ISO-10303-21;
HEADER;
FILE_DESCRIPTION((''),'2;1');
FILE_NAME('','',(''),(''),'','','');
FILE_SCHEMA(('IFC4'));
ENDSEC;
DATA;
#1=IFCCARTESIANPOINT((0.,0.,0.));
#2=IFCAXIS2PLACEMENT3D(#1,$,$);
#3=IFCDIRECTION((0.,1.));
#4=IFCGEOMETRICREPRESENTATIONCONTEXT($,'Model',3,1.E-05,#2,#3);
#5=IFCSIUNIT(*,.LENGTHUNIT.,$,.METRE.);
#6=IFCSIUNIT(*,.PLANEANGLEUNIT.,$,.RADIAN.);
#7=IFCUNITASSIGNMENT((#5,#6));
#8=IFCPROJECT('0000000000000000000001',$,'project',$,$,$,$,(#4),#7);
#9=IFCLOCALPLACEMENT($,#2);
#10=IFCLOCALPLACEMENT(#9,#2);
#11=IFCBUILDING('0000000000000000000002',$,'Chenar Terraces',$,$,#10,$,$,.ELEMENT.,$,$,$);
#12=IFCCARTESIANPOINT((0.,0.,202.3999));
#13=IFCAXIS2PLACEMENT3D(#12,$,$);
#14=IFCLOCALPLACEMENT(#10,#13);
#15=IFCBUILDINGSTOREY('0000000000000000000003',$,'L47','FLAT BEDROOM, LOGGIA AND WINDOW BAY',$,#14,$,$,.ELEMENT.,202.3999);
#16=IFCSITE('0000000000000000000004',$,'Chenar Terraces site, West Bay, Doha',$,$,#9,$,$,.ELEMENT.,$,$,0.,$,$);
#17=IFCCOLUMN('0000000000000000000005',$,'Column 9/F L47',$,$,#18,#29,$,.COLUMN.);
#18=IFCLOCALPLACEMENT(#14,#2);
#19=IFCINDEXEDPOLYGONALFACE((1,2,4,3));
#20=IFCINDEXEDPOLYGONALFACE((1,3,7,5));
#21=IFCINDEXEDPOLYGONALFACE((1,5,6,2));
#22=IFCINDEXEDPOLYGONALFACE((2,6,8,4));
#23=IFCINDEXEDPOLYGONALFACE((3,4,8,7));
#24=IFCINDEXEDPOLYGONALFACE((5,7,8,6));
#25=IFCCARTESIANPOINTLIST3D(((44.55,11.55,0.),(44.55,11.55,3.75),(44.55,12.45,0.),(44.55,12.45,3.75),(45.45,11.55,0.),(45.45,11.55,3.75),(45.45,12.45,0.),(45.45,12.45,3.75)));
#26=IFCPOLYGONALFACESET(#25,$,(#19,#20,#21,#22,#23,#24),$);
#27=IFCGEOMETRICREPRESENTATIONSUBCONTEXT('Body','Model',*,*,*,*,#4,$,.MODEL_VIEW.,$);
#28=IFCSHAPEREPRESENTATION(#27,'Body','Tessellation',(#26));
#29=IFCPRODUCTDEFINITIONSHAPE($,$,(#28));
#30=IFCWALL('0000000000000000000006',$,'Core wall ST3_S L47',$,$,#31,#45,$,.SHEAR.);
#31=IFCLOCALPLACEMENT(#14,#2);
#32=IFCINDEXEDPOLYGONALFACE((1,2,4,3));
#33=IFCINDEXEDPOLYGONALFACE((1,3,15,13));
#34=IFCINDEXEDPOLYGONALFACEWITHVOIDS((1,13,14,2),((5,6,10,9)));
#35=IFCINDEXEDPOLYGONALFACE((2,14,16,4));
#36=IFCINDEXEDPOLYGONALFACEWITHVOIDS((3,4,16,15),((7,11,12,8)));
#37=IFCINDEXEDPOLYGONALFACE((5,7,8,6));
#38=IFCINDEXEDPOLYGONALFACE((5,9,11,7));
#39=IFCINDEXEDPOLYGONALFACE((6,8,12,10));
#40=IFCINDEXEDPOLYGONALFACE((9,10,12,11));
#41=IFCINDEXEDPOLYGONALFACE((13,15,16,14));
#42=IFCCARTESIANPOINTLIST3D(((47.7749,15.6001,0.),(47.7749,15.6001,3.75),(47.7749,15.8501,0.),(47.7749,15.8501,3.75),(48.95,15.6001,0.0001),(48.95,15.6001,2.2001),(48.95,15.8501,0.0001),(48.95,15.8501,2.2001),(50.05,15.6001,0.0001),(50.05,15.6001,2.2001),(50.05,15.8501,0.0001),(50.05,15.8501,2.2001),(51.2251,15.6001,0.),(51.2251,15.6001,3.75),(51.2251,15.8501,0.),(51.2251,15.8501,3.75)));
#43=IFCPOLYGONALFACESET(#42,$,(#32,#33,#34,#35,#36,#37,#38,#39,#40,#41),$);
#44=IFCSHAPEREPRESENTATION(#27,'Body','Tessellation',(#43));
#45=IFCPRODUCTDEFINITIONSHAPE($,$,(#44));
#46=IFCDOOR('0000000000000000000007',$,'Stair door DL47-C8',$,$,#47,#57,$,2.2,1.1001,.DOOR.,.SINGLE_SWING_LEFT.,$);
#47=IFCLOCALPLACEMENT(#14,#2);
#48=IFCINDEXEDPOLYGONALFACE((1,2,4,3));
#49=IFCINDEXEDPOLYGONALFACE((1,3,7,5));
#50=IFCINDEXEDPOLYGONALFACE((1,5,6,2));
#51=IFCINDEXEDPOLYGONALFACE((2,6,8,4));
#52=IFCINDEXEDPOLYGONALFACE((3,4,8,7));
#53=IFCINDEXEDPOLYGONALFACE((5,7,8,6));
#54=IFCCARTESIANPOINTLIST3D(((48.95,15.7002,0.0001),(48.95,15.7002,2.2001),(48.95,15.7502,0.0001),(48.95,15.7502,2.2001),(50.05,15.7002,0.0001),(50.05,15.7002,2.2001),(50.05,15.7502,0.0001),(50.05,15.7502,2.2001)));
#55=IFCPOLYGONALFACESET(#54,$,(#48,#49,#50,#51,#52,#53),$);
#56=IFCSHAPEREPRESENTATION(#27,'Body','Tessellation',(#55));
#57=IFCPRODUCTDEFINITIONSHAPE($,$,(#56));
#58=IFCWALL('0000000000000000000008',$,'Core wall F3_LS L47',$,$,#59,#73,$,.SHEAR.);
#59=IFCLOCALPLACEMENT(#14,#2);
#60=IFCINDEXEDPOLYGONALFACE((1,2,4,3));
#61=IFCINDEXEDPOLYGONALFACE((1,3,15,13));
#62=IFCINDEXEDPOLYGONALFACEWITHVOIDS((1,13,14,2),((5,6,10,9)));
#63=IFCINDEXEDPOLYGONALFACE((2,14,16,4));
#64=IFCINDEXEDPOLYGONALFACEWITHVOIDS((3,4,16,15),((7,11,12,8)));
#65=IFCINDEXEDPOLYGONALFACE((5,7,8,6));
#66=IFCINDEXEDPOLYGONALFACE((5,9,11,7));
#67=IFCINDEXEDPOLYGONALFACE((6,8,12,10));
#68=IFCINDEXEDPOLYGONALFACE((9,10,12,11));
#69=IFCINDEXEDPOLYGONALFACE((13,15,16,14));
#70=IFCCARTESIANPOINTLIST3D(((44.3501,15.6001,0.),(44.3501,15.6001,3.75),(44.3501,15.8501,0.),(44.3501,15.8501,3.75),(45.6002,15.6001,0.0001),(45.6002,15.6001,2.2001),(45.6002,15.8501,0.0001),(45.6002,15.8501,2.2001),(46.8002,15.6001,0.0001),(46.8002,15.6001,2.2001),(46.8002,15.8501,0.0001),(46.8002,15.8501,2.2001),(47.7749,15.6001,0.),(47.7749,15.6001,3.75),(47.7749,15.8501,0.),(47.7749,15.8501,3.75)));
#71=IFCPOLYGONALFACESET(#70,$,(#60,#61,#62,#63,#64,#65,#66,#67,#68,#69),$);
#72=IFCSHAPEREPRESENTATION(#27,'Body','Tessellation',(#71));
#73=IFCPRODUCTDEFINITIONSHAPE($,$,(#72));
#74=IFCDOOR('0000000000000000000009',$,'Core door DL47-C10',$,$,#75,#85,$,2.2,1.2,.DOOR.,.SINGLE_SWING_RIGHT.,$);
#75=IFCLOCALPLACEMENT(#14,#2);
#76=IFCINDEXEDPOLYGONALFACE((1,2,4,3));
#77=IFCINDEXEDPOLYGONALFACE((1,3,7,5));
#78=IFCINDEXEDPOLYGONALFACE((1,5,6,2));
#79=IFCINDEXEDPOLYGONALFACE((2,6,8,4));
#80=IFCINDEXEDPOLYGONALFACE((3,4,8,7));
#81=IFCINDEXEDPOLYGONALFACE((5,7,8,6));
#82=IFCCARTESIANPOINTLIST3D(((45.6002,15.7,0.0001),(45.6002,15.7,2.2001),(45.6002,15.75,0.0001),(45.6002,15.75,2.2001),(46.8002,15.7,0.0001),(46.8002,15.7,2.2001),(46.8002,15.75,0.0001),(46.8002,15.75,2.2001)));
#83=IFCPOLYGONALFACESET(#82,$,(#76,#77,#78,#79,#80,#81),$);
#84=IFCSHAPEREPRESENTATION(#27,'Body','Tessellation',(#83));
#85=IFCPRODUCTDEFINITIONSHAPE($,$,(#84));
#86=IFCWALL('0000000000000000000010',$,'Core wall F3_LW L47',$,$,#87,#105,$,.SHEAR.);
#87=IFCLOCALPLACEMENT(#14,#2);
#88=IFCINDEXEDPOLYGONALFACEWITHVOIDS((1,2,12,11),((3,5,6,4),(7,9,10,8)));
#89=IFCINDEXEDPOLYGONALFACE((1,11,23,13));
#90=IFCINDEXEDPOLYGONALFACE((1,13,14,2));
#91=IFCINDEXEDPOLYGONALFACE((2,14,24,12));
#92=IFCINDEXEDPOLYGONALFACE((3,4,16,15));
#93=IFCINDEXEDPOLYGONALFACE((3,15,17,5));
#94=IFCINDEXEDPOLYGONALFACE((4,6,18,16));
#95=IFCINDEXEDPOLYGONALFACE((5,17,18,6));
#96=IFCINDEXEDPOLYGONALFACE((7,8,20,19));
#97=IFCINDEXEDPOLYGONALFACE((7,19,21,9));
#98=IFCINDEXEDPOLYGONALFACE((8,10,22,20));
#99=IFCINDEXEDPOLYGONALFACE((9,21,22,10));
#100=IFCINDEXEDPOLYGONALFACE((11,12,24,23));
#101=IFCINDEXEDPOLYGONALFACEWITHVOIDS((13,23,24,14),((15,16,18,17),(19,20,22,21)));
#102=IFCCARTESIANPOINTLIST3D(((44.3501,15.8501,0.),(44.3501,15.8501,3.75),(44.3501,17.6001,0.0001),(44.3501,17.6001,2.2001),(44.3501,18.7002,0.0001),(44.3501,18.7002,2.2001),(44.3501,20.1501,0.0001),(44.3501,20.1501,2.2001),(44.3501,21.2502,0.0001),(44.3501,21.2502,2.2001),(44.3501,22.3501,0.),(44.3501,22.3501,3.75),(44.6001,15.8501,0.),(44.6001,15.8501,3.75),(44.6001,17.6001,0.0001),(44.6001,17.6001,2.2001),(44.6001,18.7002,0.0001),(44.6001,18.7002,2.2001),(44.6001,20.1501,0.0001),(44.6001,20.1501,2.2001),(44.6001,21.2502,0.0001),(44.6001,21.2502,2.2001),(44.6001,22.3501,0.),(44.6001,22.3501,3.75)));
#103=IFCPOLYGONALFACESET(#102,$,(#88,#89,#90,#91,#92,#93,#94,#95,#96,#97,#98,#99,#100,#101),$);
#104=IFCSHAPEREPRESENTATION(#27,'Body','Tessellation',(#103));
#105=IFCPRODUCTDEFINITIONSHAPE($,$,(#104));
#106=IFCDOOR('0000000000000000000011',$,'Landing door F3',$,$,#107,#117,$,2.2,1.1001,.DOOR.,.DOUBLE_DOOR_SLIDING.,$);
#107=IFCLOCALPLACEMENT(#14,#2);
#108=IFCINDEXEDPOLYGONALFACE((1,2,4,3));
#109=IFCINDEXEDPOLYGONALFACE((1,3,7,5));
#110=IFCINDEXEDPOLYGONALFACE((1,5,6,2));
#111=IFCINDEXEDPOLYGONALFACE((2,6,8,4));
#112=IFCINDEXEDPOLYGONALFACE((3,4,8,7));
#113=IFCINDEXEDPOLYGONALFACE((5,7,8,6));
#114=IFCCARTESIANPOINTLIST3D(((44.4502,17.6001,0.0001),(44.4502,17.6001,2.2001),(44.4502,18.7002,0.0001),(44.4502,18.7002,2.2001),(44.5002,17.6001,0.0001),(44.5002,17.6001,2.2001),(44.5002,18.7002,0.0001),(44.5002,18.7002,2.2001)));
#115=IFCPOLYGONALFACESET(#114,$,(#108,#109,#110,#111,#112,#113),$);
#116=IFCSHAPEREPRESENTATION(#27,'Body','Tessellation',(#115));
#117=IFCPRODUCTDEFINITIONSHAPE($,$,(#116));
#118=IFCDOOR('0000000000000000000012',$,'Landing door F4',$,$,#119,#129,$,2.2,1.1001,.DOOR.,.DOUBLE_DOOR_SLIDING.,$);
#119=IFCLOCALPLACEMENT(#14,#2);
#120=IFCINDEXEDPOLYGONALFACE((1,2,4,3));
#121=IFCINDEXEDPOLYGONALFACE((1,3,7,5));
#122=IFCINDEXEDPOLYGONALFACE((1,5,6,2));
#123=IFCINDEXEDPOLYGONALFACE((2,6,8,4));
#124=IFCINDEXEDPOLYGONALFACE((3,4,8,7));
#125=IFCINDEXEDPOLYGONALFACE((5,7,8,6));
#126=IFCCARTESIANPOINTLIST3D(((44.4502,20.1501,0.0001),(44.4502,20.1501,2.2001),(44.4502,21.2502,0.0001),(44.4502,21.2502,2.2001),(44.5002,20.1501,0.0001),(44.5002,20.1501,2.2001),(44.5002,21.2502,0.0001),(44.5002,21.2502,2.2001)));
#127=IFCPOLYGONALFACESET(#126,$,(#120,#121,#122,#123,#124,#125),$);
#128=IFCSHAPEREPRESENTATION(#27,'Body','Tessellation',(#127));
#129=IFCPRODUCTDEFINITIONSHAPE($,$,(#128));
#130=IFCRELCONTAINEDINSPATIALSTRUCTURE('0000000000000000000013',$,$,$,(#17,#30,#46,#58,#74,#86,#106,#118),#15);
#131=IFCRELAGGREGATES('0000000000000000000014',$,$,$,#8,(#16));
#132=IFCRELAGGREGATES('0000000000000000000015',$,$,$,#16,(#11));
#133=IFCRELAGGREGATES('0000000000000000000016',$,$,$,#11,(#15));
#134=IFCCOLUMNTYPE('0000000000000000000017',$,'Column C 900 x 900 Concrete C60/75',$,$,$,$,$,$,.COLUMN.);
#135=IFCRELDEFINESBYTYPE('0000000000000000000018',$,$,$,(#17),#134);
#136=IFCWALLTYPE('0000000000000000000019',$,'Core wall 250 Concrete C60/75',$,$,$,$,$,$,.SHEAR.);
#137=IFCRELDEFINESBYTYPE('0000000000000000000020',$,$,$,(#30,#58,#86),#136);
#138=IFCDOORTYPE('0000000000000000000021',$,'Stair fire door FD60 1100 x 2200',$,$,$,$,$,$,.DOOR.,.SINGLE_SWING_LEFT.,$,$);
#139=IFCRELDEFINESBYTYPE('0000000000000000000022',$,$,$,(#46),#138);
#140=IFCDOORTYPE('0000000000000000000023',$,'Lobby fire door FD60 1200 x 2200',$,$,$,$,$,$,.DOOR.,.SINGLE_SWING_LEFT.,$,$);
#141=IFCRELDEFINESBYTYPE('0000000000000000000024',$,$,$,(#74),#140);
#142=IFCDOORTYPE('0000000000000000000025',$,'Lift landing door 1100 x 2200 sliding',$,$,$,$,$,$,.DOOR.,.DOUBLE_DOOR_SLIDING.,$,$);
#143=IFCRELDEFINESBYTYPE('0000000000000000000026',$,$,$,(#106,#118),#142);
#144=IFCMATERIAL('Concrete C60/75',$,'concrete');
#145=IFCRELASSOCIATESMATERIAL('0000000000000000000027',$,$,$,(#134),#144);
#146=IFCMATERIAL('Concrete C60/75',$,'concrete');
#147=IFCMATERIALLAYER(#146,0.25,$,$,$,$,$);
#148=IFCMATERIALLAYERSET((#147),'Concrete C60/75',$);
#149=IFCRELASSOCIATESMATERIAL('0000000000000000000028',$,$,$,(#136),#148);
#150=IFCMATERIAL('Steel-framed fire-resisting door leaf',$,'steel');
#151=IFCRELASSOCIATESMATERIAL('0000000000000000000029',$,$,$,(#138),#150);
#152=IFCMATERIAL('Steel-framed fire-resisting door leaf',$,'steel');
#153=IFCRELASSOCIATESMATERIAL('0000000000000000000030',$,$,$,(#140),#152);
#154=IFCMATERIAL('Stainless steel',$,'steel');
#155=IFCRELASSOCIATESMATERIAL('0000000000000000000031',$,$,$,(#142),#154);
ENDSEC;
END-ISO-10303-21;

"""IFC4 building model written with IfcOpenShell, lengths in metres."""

from ifc_helpers import new_model, si_unit, direction, frame, frame_2d, origin, origin_2d, place, context, subcontext, project, spatial, rectangle, extrude, material, layer, layer_set, material_profile, profile_set, type_object, element, fill, save


model = new_model("IFC4")

# Units and contexts
model_context = context("Model", 3, precision=1e-05, world=origin(), true_north=direction((0.0, 1.0)))
body_context = subcontext(model_context, "Body", "Model", "MODEL_VIEW")
ifc_project = project(units=[si_unit("LENGTHUNIT", "METRE"), si_unit("PLANEANGLEUNIT", "RADIAN")], contexts=[model_context])

# Site, building, storey
site_placement = place(None, origin())
site = spatial("IfcSite", under=ifc_project, at=site_placement, Name="Chenar Terraces site, West Bay, Doha", CompositionType="ELEMENT", RefElevation=0.0)
building_placement = place(site_placement, origin())
building = spatial("IfcBuilding", under=site, at=building_placement, Name="Chenar Terraces", CompositionType="ELEMENT")
storey_placement = place(building_placement, frame((0.0, 0.0, 202.3999)))
storey = spatial("IfcBuildingStorey", under=building, at=storey_placement, Name="L47", Description="FLAT BEDROOM, LOGGIA AND WINDOW BAY", CompositionType="ELEMENT", Elevation=202.3999)

# Column
ifc_material_1 = material(Name="Concrete C60/75", Category="concrete")
ifc_material_profile = material_profile(ifc_material_1, rectangle(XDim=0.8999, YDim=0.8999, at=origin_2d()), Name="C 900 x 900")
ifc_profile_set = profile_set([ifc_material_profile], Name="Concrete C60/75")
column_type = type_object("IfcColumnType", Name="Column C 900 x 900 Concrete C60/75", PredefinedType="COLUMN", material=ifc_profile_set)
column_placement = place(storey_placement, frame((45.0, 12.0, 0.0), z_axis=(0.0, 0.0, 1.0), x_axis=(1.0, 0.0, 0.0)))
element("IfcColumn", 1, at=column_placement, inside=storey, type_object=column_type, Name="Column 9/F L47", PredefinedType="COLUMN", context=body_context, shape_type="SweptSolid", body=[
    extrude(rectangle(XDim=0.8999, YDim=0.8999, at=origin_2d()), origin(), (0.0, 0.0, 1.0), 3.75),
])

# Walls, openings, doors
ifc_material_2 = material(Name="Concrete C60/75", Category="concrete")
ifc_layer_1 = layer(ifc_material_2, 0.25)
ifc_layer_set_1 = layer_set([ifc_layer_1], Name="Concrete C60/75")
wall_type_1 = type_object("IfcWallType", Name="Core wall 250 Concrete C60/75", PredefinedType="SHEAR", material=ifc_layer_set_1)
wall_1_placement = place(storey_placement, frame((47.7749, 15.7251, 0.0), z_axis=(0.0, 0.0, 1.0), x_axis=(1.0, 0.0, 0.0)))
wall_1 = element("IfcWall", 2, at=wall_1_placement, inside=storey, type_object=wall_type_1, Name="Core wall ST3_S L47", PredefinedType="SHEAR", context=body_context, shape_type="SweptSolid", body=[
    extrude(rectangle(XDim=3.4502, YDim=0.25, at=frame_2d((1.7251, 0.0))), origin(), (0.0, 0.0, 1.0), 3.75),
])
opening_1_placement = place(wall_1_placement, frame((1.175, 0.0, 0.0)))
opening_1 = element("IfcOpeningElement", 3, at=opening_1_placement, cuts=wall_1, PredefinedType="OPENING", context=body_context, shape_type="SweptSolid", body=[
    extrude(rectangle(XDim=1.1001, YDim=2.2, at=frame_2d((0.55, 1.1001))), frame((0.0, 0.135, 0.0), z_axis=(0.0, -1.0, 0.0), x_axis=(1.0, 0.0, 0.0)), (0.0, 0.0, 1.0), 0.27),
])
ifc_material_3 = material(Name="Steel-framed fire-resisting door leaf", Category="steel")
door_type_1 = type_object("IfcDoorType", Name="Stair fire door FD60 1100 x 2200", OperationType="SINGLE_SWING_LEFT", PredefinedType="DOOR", material=ifc_material_3)
door_1_placement = place(opening_1_placement, frame((1.1001, 0.0, 0.0), z_axis=(0.0, 0.0, 1.0), x_axis=(-1.0, 0.0, 0.0)))
door_1 = element("IfcDoor", 4, at=door_1_placement, inside=storey, type_object=door_type_1, Name="Stair door DL47-C8", OperationType="SINGLE_SWING_LEFT", OverallHeight=2.2, OverallWidth=1.1001, PredefinedType="DOOR", context=body_context, shape_type="SweptSolid", body=[
    extrude(rectangle(XDim=1.1001, YDim=2.2, at=frame_2d((0.55, 1.1001))), frame((0.0, 0.0249, 0.0), z_axis=(0.0, -1.0, 0.0), x_axis=(1.0, 0.0, 0.0)), (0.0, 0.0, 1.0), 0.05),
])
fill(opening_1, door_1)
wall_2_placement = place(storey_placement, frame((44.3501, 15.7251, 0.0), z_axis=(0.0, 0.0, 1.0), x_axis=(1.0, 0.0, 0.0)))
wall_2 = element("IfcWall", 5, at=wall_2_placement, inside=storey, type_object=wall_type_1, Name="Core wall F3_LS L47", PredefinedType="SHEAR", context=body_context, shape_type="SweptSolid", body=[
    extrude(rectangle(XDim=3.4248, YDim=0.25, at=frame_2d((1.7124, 0.0))), origin(), (0.0, 0.0, 1.0), 3.75),
])
opening_2_placement = place(wall_2_placement, frame((1.25, 0.0, 0.0)))
opening_2 = element("IfcOpeningElement", 6, at=opening_2_placement, cuts=wall_2, PredefinedType="OPENING", context=body_context, shape_type="SweptSolid", body=[
    extrude(rectangle(XDim=1.2, YDim=2.2, at=frame_2d((0.6001, 1.1001))), frame((0.0, 0.135, 0.0), z_axis=(0.0, -1.0, 0.0), x_axis=(1.0, 0.0, 0.0)), (0.0, 0.0, 1.0), 0.27),
])
ifc_material_4 = material(Name="Steel-framed fire-resisting door leaf", Category="steel")
door_type_2 = type_object("IfcDoorType", Name="Lobby fire door FD60 1200 x 2200", OperationType="SINGLE_SWING_LEFT", PredefinedType="DOOR", material=ifc_material_4)
door_2_placement = place(opening_2_placement, origin())
door_2 = element("IfcDoor", 7, at=door_2_placement, inside=storey, type_object=door_type_2, Name="Core door DL47-C10", OperationType="SINGLE_SWING_RIGHT", OverallHeight=2.2, OverallWidth=1.2, PredefinedType="DOOR", context=body_context, shape_type="SweptSolid", body=[
    extrude(rectangle(XDim=1.2, YDim=2.2, at=frame_2d((0.6001, 1.1001))), frame((0.0, 0.0249, 0.0), z_axis=(0.0, -1.0, 0.0), x_axis=(1.0, 0.0, 0.0)), (0.0, 0.0, 1.0), 0.05),
])
fill(opening_2, door_2)

# Wall, openings, doors
wall_3_placement = place(storey_placement, frame((44.4751, 15.8501, 0.0), z_axis=(0.0, 0.0, 1.0), x_axis=(0.0, 1.0, 0.0)))
wall_3 = element("IfcWall", 8, at=wall_3_placement, inside=storey, type_object=wall_type_1, Name="Core wall F3_LW L47", PredefinedType="SHEAR", context=body_context, shape_type="SweptSolid", body=[
    extrude(rectangle(XDim=6.5, YDim=0.25, at=frame_2d((3.25, 0.0))), origin(), (0.0, 0.0, 1.0), 3.75),
])
opening_3_placement = place(wall_3_placement, frame((1.75, 0.0, 0.0)))
opening_3 = element("IfcOpeningElement", 9, at=opening_3_placement, cuts=wall_3, PredefinedType="OPENING", context=body_context, shape_type="SweptSolid", body=[
    extrude(rectangle(XDim=1.1001, YDim=2.2, at=frame_2d((0.55, 1.1001))), frame((0.0, 0.135, 0.0), z_axis=(0.0, -1.0, 0.0), x_axis=(1.0, 0.0, 0.0)), (0.0, 0.0, 1.0), 0.27),
])
opening_4_placement = place(wall_3_placement, frame((4.3, 0.0, 0.0)))
opening_4 = element("IfcOpeningElement", 10, at=opening_4_placement, cuts=wall_3, PredefinedType="OPENING", context=body_context, shape_type="SweptSolid", body=[
    extrude(rectangle(XDim=1.1001, YDim=2.2, at=frame_2d((0.55, 1.1001))), frame((0.0, 0.135, 0.0), z_axis=(0.0, -1.0, 0.0), x_axis=(1.0, 0.0, 0.0)), (0.0, 0.0, 1.0), 0.27),
])
ifc_material_5 = material(Name="Stainless steel", Category="steel")
door_type_3 = type_object("IfcDoorType", Name="Lift landing door 1100 x 2200 sliding", OperationType="DOUBLE_DOOR_SLIDING", PredefinedType="DOOR", material=ifc_material_5)
door_3_placement = place(opening_3_placement, origin())
door_3 = element("IfcDoor", 11, at=door_3_placement, inside=storey, type_object=door_type_3, Name="Landing door F3", OperationType="DOUBLE_DOOR_SLIDING", OverallHeight=2.2, OverallWidth=1.1001, PredefinedType="DOOR", context=body_context, shape_type="SweptSolid", body=[
    extrude(rectangle(XDim=1.1001, YDim=2.2, at=frame_2d((0.55, 1.1001))), frame((0.0, 0.0249, 0.0), z_axis=(0.0, -1.0, 0.0), x_axis=(1.0, 0.0, 0.0)), (0.0, 0.0, 1.0), 0.05),
])
fill(opening_3, door_3)
door_4_placement = place(opening_4_placement, origin())
door_4 = element("IfcDoor", 12, at=door_4_placement, inside=storey, type_object=door_type_3, Name="Landing door F4", OperationType="DOUBLE_DOOR_SLIDING", OverallHeight=2.2, OverallWidth=1.1001, PredefinedType="DOOR", context=body_context, shape_type="SweptSolid", body=[
    extrude(rectangle(XDim=1.1001, YDim=2.2, at=frame_2d((0.55, 1.1001))), frame((0.0, 0.0249, 0.0), z_axis=(0.0, -1.0, 0.0), x_axis=(1.0, 0.0, 0.0)), (0.0, 0.0, 1.0), 0.05),
])
fill(opening_4, door_4)

save(model, "model.ifc")
